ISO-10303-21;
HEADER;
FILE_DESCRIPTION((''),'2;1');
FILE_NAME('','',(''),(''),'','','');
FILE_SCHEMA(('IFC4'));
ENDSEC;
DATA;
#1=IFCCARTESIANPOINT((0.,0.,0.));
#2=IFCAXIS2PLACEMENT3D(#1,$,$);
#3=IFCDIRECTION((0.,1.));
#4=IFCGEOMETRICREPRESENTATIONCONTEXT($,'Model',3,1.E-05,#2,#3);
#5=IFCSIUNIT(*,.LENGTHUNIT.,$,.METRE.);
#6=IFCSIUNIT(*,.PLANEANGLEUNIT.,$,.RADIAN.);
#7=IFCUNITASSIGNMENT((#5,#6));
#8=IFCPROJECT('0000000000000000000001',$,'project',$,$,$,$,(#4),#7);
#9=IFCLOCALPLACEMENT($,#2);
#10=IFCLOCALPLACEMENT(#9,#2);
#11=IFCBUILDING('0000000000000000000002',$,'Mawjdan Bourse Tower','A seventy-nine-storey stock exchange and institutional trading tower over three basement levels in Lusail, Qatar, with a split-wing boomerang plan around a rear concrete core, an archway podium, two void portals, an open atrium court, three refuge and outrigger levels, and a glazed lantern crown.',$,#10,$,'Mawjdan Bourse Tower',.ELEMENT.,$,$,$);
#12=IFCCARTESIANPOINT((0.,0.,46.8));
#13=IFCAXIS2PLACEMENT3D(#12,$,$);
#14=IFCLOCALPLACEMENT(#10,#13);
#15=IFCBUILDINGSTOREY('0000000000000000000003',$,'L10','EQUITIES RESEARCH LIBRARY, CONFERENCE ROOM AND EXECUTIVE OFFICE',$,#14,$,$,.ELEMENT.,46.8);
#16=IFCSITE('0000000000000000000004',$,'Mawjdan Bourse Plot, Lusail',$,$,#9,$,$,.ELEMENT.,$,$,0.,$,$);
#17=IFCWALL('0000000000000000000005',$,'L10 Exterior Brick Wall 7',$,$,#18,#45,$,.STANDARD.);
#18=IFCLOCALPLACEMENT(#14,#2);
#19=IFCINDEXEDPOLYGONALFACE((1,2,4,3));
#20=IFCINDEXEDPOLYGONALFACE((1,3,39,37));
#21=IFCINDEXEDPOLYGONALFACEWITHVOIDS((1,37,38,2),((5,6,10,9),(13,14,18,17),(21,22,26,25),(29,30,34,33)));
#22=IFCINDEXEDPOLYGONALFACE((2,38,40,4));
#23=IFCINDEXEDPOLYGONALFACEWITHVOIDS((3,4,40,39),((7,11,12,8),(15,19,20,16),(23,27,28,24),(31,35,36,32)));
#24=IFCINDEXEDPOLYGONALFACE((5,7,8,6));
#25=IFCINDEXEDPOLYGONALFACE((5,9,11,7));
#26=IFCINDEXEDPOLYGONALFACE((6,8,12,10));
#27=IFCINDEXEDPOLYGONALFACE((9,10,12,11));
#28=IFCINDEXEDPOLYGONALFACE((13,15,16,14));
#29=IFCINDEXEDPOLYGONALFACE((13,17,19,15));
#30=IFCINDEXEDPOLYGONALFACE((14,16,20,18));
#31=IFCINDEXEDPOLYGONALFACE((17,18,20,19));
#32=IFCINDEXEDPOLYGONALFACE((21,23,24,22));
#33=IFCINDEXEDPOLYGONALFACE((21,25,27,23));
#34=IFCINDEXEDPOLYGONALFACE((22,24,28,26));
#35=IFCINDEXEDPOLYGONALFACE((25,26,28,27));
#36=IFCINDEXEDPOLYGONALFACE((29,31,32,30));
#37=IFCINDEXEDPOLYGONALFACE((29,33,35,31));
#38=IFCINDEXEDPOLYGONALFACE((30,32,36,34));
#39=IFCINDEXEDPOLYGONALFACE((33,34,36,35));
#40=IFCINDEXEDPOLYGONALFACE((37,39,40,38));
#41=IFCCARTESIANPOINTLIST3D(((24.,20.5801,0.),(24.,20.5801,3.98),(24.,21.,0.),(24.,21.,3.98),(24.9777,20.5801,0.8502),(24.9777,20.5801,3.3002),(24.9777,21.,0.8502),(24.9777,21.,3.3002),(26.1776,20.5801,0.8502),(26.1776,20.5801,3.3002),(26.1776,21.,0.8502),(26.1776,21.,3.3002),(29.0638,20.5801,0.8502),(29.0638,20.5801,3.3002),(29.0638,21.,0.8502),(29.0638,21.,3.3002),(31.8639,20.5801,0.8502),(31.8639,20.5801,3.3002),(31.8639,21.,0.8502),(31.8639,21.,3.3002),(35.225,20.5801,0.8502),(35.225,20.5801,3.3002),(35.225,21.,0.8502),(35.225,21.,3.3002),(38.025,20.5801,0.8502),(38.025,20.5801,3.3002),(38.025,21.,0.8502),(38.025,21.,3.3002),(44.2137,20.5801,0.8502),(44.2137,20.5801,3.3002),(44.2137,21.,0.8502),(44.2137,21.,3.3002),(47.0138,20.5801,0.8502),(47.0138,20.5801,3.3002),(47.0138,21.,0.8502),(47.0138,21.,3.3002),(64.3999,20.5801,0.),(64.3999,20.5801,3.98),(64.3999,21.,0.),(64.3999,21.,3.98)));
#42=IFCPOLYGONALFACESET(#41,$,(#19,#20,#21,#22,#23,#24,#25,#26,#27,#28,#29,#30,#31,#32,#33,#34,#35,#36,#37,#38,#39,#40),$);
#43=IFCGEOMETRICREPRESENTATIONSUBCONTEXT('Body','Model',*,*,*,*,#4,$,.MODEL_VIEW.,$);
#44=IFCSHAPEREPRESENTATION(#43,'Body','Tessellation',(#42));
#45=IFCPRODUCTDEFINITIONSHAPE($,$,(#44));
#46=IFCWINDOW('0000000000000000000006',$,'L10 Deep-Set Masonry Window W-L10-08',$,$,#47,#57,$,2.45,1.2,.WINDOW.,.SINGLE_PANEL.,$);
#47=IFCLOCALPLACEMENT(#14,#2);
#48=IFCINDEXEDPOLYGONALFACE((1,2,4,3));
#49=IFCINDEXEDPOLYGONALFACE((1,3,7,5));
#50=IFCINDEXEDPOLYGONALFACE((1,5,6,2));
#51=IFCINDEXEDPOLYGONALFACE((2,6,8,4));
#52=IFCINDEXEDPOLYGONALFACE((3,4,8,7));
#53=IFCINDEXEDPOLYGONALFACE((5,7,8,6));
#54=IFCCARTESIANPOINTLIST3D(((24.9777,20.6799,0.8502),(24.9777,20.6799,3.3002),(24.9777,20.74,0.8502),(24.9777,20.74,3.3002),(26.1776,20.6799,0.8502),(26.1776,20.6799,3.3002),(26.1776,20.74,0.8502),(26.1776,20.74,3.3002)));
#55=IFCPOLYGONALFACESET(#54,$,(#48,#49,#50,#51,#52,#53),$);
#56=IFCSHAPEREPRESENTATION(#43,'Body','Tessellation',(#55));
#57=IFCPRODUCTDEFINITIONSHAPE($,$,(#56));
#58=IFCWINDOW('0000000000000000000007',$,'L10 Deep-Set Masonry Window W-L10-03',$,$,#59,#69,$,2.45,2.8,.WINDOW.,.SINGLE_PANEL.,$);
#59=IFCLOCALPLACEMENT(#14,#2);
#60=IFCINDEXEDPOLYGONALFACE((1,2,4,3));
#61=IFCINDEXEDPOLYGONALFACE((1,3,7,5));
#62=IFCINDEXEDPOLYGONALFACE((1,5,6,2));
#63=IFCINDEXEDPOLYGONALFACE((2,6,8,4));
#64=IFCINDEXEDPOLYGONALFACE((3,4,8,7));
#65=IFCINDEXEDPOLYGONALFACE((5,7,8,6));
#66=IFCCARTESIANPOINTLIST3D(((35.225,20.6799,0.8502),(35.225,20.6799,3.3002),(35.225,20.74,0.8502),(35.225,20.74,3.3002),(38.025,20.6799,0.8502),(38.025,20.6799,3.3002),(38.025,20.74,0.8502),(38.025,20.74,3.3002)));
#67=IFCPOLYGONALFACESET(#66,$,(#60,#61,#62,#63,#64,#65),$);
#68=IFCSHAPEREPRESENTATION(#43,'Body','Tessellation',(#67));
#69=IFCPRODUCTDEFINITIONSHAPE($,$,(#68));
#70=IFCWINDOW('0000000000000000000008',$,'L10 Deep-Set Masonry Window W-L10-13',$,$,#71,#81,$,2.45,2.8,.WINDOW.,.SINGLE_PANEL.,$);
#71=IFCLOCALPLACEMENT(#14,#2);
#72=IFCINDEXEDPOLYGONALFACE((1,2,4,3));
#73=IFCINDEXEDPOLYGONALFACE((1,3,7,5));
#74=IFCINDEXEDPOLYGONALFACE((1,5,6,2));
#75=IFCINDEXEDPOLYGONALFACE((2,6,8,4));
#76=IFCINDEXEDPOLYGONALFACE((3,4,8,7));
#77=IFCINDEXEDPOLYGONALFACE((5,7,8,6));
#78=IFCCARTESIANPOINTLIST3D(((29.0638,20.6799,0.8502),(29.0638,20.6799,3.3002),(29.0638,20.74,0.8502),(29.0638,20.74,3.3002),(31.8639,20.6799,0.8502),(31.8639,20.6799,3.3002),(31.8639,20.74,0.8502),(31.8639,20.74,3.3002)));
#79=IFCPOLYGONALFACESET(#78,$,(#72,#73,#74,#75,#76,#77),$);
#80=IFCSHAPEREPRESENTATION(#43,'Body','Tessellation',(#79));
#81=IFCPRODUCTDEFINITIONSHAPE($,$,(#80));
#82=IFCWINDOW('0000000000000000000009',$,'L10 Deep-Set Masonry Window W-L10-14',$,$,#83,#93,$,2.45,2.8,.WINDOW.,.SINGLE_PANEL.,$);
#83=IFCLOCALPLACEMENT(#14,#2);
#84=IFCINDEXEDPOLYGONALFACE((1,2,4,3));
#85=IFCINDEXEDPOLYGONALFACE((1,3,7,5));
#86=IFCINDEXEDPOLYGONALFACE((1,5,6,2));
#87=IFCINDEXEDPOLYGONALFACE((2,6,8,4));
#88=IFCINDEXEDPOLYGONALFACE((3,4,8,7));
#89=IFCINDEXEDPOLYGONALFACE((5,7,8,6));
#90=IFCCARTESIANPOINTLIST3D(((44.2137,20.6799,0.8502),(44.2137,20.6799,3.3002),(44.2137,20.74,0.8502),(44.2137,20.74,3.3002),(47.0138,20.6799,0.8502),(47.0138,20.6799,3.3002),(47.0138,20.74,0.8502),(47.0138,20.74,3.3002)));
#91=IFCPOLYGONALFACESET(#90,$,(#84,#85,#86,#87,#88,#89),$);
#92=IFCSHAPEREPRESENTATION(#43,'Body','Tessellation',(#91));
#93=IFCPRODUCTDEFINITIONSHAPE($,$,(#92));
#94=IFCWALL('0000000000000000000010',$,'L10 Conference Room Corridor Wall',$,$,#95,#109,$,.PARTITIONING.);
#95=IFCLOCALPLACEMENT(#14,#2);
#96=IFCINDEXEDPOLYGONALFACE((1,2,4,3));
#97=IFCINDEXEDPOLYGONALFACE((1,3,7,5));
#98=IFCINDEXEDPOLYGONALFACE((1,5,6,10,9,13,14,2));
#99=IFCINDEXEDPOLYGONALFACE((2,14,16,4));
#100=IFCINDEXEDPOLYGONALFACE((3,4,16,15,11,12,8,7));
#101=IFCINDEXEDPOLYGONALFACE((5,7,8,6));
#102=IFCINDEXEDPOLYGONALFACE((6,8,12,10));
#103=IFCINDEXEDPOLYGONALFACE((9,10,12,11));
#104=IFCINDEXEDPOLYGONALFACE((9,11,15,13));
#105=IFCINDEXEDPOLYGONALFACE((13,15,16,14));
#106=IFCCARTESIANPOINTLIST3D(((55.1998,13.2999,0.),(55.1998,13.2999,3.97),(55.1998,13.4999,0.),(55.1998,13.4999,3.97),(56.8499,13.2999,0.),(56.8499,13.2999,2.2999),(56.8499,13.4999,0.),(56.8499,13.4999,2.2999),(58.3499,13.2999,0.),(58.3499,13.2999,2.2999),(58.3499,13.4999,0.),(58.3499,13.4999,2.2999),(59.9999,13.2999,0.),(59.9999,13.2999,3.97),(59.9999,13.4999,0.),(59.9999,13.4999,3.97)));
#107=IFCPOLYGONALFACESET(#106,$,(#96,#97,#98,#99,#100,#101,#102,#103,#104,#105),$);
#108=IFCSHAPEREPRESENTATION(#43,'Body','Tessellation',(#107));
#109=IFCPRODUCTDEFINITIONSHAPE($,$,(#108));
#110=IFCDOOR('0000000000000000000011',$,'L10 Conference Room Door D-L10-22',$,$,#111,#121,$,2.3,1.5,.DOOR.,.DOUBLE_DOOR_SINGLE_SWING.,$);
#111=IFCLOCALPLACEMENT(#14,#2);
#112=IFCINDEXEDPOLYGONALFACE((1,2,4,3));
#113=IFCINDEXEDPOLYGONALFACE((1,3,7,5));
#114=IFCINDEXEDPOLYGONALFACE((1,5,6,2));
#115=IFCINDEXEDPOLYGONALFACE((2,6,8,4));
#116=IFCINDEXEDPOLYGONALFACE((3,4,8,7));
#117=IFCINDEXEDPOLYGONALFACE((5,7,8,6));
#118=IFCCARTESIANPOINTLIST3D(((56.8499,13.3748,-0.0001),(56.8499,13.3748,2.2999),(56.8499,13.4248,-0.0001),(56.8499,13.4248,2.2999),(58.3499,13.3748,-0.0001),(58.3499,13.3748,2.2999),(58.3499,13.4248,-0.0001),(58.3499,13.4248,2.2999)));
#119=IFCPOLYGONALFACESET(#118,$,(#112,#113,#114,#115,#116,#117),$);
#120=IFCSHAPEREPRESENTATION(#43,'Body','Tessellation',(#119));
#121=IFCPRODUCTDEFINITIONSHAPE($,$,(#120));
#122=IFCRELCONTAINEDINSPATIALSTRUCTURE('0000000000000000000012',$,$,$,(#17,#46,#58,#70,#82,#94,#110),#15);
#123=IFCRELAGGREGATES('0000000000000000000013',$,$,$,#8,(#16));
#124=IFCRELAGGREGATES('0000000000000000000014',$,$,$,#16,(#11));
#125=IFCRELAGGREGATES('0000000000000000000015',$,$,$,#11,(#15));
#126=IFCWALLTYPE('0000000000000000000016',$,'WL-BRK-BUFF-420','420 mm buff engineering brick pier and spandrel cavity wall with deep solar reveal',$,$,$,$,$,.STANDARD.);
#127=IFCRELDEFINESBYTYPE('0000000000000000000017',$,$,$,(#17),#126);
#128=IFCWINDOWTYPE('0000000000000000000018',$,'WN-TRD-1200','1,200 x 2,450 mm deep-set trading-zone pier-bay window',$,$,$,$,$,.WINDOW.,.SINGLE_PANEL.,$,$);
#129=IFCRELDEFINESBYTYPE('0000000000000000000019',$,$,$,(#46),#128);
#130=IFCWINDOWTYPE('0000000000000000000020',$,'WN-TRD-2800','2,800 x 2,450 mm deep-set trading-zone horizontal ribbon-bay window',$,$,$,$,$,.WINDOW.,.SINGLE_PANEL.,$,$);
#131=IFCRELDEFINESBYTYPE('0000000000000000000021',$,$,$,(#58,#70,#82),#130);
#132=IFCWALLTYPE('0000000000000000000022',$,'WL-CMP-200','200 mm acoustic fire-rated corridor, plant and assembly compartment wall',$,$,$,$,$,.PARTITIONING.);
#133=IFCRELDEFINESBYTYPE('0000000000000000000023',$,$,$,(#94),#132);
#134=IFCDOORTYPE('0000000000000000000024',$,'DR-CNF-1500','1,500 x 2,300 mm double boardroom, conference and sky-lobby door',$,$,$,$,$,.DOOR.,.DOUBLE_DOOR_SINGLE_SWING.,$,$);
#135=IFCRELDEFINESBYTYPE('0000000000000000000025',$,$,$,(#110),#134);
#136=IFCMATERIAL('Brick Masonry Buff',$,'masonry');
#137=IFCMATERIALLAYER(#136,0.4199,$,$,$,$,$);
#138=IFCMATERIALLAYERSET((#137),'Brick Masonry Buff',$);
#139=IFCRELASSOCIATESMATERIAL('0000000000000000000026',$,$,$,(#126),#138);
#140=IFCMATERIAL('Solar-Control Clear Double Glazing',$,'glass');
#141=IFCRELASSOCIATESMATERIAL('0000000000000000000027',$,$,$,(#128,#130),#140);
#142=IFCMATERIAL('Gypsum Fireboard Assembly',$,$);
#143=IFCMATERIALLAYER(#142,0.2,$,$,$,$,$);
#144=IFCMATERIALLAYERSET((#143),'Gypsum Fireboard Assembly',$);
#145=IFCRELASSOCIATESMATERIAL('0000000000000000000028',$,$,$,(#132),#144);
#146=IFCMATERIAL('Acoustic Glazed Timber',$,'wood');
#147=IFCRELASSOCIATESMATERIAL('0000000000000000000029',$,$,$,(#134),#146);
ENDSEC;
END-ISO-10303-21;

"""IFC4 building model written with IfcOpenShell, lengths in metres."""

from ifc_helpers import new_model, si_unit, direction, frame, frame_2d, origin, place, context, subcontext, project, spatial, rectangle, extrude, material, layer, layer_set, type_object, element, fill, save


model = new_model("IFC4")

# Units and contexts
model_context = context("Model", 3, precision=1e-05, world=origin(), true_north=direction((0.0, 1.0)))
body_context = subcontext(model_context, "Body", "Model", "MODEL_VIEW")
ifc_project = project(units=[si_unit("LENGTHUNIT", "METRE"), si_unit("PLANEANGLEUNIT", "RADIAN")], contexts=[model_context])

# Site, building, storey
site_placement = place(None, origin())
site = spatial("IfcSite", under=ifc_project, at=site_placement, Name="Mawjdan Bourse Plot, Lusail", CompositionType="ELEMENT", RefElevation=0.0)
building_placement = place(site_placement, origin())
building = spatial("IfcBuilding", under=site, at=building_placement, Name="Mawjdan Bourse Tower", Description="A seventy-nine-storey stock exchange and institutional trading tower over three basement levels in Lusail, Qatar, with a split-wing boomerang plan around a rear concrete core, an archway podium, two void portals, an open atrium court, three refuge and outrigger levels, and a glazed lantern crown.", LongName="Mawjdan Bourse Tower", CompositionType="ELEMENT")
storey_placement = place(building_placement, frame((0.0, 0.0, 46.8)))
storey = spatial("IfcBuildingStorey", under=building, at=storey_placement, Name="L10", Description="EQUITIES RESEARCH LIBRARY, CONFERENCE ROOM AND EXECUTIVE OFFICE", CompositionType="ELEMENT", Elevation=46.8)

# Shared definitions
ifc_material_1 = material(Name="Brick Masonry Buff", Category="masonry")
ifc_layer_1 = layer(ifc_material_1, 0.4199)
ifc_layer_set_1 = layer_set([ifc_layer_1], Name="Brick Masonry Buff")
wall_type_1 = type_object("IfcWallType", Name="WL-BRK-BUFF-420", Description="420 mm buff engineering brick pier and spandrel cavity wall with deep solar reveal", PredefinedType="STANDARD", material=ifc_layer_set_1)

# Wall, openings, windows
wall_1_placement = place(storey_placement, frame((64.3999, 20.79, 0.0), z_axis=(0.0, 0.0, 1.0), x_axis=(-1.0, 0.0, 0.0)))
wall_1 = element("IfcWall", 1, at=wall_1_placement, inside=storey, type_object=wall_type_1, Name="L10 Exterior Brick Wall 7", PredefinedType="STANDARD", context=body_context, shape_type="SweptSolid", body=[
    extrude(rectangle(XDim=40.3999, YDim=0.4199, at=frame_2d((20.2, 0.0))), origin(), (0.0, 0.0, 1.0), 3.98),
])
opening_1_placement = place(wall_1_placement, frame((26.375, 0.0, 0.8501)))
opening_1 = element("IfcOpeningElement", 2, at=opening_1_placement, cuts=wall_1, PredefinedType="OPENING", context=body_context, shape_type="SweptSolid", body=[
    extrude(rectangle(XDim=2.8, YDim=2.45, at=frame_2d((1.3999, 1.2251))), frame((0.0, 0.22, 0.0), z_axis=(0.0, -1.0, 0.0), x_axis=(1.0, 0.0, 0.0)), (0.0, 0.0, 1.0), 0.4399),
])
opening_2_placement = place(wall_1_placement, frame((38.2222, 0.0, 0.8501)))
opening_2 = element("IfcOpeningElement", 3, at=opening_2_placement, cuts=wall_1, PredefinedType="OPENING", context=body_context, shape_type="SweptSolid", body=[
    extrude(rectangle(XDim=1.2, YDim=2.45, at=frame_2d((0.6001, 1.2251))), frame((0.0, 0.22, 0.0), z_axis=(0.0, -1.0, 0.0), x_axis=(1.0, 0.0, 0.0)), (0.0, 0.0, 1.0), 0.4399),
])
opening_3_placement = place(wall_1_placement, frame((32.5361, 0.0, 0.8501)))
opening_3 = element("IfcOpeningElement", 4, at=opening_3_placement, cuts=wall_1, PredefinedType="OPENING", context=body_context, shape_type="SweptSolid", body=[
    extrude(rectangle(XDim=2.8, YDim=2.45, at=frame_2d((1.3999, 1.2251))), frame((0.0, 0.22, 0.0), z_axis=(0.0, -1.0, 0.0), x_axis=(1.0, 0.0, 0.0)), (0.0, 0.0, 1.0), 0.4399),
])
opening_4_placement = place(wall_1_placement, frame((17.3862, 0.0, 0.8501)))
opening_4 = element("IfcOpeningElement", 5, at=opening_4_placement, cuts=wall_1, PredefinedType="OPENING", context=body_context, shape_type="SweptSolid", body=[
    extrude(rectangle(XDim=2.8, YDim=2.45, at=frame_2d((1.3999, 1.2251))), frame((0.0, 0.22, 0.0), z_axis=(0.0, -1.0, 0.0), x_axis=(1.0, 0.0, 0.0)), (0.0, 0.0, 1.0), 0.4399),
])
ifc_material_2 = material(Name="Solar-Control Clear Double Glazing", Category="glass")
window_type_1 = type_object("IfcWindowType", Name="WN-TRD-1200", Description="1,200 x 2,450 mm deep-set trading-zone pier-bay window", PartitioningType="SINGLE_PANEL", PredefinedType="WINDOW", material=ifc_material_2)
window_1_placement = place(opening_2_placement, origin())
window_1 = element("IfcWindow", 6, at=window_1_placement, inside=storey, type_object=window_type_1, Name="L10 Deep-Set Masonry Window W-L10-08", OverallHeight=2.45, OverallWidth=1.2, PartitioningType="SINGLE_PANEL", PredefinedType="WINDOW", context=body_context, shape_type="SweptSolid", body=[
    extrude(rectangle(XDim=1.2, YDim=2.45, at=frame_2d((0.6001, 1.2251))), frame((0.0, 0.1101, 0.0), z_axis=(0.0, -1.0, 0.0), x_axis=(1.0, 0.0, 0.0)), (0.0, 0.0, 1.0), 0.0601),
])
fill(opening_2, window_1)
window_type_2 = type_object("IfcWindowType", Name="WN-TRD-2800", Description="2,800 x 2,450 mm deep-set trading-zone horizontal ribbon-bay window", PartitioningType="SINGLE_PANEL", PredefinedType="WINDOW", material=ifc_material_2)
window_2_placement = place(opening_1_placement, origin())
window_2 = element("IfcWindow", 7, at=window_2_placement, inside=storey, type_object=window_type_2, Name="L10 Deep-Set Masonry Window W-L10-03", OverallHeight=2.45, OverallWidth=2.8, PartitioningType="SINGLE_PANEL", PredefinedType="WINDOW", context=body_context, shape_type="SweptSolid", body=[
    extrude(rectangle(XDim=2.8, YDim=2.45, at=frame_2d((1.3999, 1.2251))), frame((0.0, 0.1101, 0.0), z_axis=(0.0, -1.0, 0.0), x_axis=(1.0, 0.0, 0.0)), (0.0, 0.0, 1.0), 0.0601),
])
fill(opening_1, window_2)
window_3_placement = place(opening_3_placement, origin())
window_3 = element("IfcWindow", 8, at=window_3_placement, inside=storey, type_object=window_type_2, Name="L10 Deep-Set Masonry Window W-L10-13", OverallHeight=2.45, OverallWidth=2.8, PartitioningType="SINGLE_PANEL", PredefinedType="WINDOW", context=body_context, shape_type="SweptSolid", body=[
    extrude(rectangle(XDim=2.8, YDim=2.45, at=frame_2d((1.3999, 1.2251))), frame((0.0, 0.1101, 0.0), z_axis=(0.0, -1.0, 0.0), x_axis=(1.0, 0.0, 0.0)), (0.0, 0.0, 1.0), 0.0601),
])
fill(opening_3, window_3)
window_4_placement = place(opening_4_placement, origin())
window_4 = element("IfcWindow", 9, at=window_4_placement, inside=storey, type_object=window_type_2, Name="L10 Deep-Set Masonry Window W-L10-14", OverallHeight=2.45, OverallWidth=2.8, PartitioningType="SINGLE_PANEL", PredefinedType="WINDOW", context=body_context, shape_type="SweptSolid", body=[
    extrude(rectangle(XDim=2.8, YDim=2.45, at=frame_2d((1.3999, 1.2251))), frame((0.0, 0.1101, 0.0), z_axis=(0.0, -1.0, 0.0), x_axis=(1.0, 0.0, 0.0)), (0.0, 0.0, 1.0), 0.0601),
])
fill(opening_4, window_4)

# Wall, opening, door
ifc_material_3 = material(Name="Gypsum Fireboard Assembly")
ifc_layer_2 = layer(ifc_material_3, 0.2)
ifc_layer_set_2 = layer_set([ifc_layer_2], Name="Gypsum Fireboard Assembly")
wall_type_2 = type_object("IfcWallType", Name="WL-CMP-200", Description="200 mm acoustic fire-rated corridor, plant and assembly compartment wall", PredefinedType="PARTITIONING", material=ifc_layer_set_2)
wall_2_placement = place(storey_placement, frame((55.2, 13.3999, 0.0), z_axis=(0.0, 0.0, 1.0), x_axis=(1.0, 0.0, 0.0)))
wall_2 = element("IfcWall", 10, at=wall_2_placement, inside=storey, type_object=wall_type_2, Name="L10 Conference Room Corridor Wall", PredefinedType="PARTITIONING", context=body_context, shape_type="SweptSolid", body=[
    extrude(rectangle(XDim=4.8, YDim=0.2, at=frame_2d((2.3999, 0.0))), origin(), (0.0, 0.0, 1.0), 3.97),
])
opening_5_placement = place(wall_2_placement, frame((1.6499, 0.0, 0.0)))
opening_5 = element("IfcOpeningElement", 11, at=opening_5_placement, cuts=wall_2, PredefinedType="OPENING", context=body_context, shape_type="SweptSolid", body=[
    extrude(rectangle(XDim=1.5, YDim=2.3, at=frame_2d((0.75, 1.1499))), frame((0.0, 0.1099, 0.0), z_axis=(0.0, -1.0, 0.0), x_axis=(1.0, 0.0, 0.0)), (0.0, 0.0, 1.0), 0.22),
])
ifc_material_4 = material(Name="Acoustic Glazed Timber", Category="wood")
door_type = type_object("IfcDoorType", Name="DR-CNF-1500", Description="1,500 x 2,300 mm double boardroom, conference and sky-lobby door", OperationType="DOUBLE_DOOR_SINGLE_SWING", PredefinedType="DOOR", material=ifc_material_4)
door_placement = place(opening_5_placement, origin())
door = element("IfcDoor", 12, at=door_placement, inside=storey, type_object=door_type, Name="L10 Conference Room Door D-L10-22", OperationType="DOUBLE_DOOR_SINGLE_SWING", OverallHeight=2.3, OverallWidth=1.5, PredefinedType="DOOR", context=body_context, shape_type="SweptSolid", body=[
    extrude(rectangle(XDim=1.5, YDim=2.3, at=frame_2d((0.75, 1.1499))), frame((0.0, 0.0249, 0.0), z_axis=(0.0, -1.0, 0.0), x_axis=(1.0, 0.0, 0.0)), (0.0, 0.0, 1.0), 0.05),
])
fill(opening_5, door)

save(model, "model.ifc")
